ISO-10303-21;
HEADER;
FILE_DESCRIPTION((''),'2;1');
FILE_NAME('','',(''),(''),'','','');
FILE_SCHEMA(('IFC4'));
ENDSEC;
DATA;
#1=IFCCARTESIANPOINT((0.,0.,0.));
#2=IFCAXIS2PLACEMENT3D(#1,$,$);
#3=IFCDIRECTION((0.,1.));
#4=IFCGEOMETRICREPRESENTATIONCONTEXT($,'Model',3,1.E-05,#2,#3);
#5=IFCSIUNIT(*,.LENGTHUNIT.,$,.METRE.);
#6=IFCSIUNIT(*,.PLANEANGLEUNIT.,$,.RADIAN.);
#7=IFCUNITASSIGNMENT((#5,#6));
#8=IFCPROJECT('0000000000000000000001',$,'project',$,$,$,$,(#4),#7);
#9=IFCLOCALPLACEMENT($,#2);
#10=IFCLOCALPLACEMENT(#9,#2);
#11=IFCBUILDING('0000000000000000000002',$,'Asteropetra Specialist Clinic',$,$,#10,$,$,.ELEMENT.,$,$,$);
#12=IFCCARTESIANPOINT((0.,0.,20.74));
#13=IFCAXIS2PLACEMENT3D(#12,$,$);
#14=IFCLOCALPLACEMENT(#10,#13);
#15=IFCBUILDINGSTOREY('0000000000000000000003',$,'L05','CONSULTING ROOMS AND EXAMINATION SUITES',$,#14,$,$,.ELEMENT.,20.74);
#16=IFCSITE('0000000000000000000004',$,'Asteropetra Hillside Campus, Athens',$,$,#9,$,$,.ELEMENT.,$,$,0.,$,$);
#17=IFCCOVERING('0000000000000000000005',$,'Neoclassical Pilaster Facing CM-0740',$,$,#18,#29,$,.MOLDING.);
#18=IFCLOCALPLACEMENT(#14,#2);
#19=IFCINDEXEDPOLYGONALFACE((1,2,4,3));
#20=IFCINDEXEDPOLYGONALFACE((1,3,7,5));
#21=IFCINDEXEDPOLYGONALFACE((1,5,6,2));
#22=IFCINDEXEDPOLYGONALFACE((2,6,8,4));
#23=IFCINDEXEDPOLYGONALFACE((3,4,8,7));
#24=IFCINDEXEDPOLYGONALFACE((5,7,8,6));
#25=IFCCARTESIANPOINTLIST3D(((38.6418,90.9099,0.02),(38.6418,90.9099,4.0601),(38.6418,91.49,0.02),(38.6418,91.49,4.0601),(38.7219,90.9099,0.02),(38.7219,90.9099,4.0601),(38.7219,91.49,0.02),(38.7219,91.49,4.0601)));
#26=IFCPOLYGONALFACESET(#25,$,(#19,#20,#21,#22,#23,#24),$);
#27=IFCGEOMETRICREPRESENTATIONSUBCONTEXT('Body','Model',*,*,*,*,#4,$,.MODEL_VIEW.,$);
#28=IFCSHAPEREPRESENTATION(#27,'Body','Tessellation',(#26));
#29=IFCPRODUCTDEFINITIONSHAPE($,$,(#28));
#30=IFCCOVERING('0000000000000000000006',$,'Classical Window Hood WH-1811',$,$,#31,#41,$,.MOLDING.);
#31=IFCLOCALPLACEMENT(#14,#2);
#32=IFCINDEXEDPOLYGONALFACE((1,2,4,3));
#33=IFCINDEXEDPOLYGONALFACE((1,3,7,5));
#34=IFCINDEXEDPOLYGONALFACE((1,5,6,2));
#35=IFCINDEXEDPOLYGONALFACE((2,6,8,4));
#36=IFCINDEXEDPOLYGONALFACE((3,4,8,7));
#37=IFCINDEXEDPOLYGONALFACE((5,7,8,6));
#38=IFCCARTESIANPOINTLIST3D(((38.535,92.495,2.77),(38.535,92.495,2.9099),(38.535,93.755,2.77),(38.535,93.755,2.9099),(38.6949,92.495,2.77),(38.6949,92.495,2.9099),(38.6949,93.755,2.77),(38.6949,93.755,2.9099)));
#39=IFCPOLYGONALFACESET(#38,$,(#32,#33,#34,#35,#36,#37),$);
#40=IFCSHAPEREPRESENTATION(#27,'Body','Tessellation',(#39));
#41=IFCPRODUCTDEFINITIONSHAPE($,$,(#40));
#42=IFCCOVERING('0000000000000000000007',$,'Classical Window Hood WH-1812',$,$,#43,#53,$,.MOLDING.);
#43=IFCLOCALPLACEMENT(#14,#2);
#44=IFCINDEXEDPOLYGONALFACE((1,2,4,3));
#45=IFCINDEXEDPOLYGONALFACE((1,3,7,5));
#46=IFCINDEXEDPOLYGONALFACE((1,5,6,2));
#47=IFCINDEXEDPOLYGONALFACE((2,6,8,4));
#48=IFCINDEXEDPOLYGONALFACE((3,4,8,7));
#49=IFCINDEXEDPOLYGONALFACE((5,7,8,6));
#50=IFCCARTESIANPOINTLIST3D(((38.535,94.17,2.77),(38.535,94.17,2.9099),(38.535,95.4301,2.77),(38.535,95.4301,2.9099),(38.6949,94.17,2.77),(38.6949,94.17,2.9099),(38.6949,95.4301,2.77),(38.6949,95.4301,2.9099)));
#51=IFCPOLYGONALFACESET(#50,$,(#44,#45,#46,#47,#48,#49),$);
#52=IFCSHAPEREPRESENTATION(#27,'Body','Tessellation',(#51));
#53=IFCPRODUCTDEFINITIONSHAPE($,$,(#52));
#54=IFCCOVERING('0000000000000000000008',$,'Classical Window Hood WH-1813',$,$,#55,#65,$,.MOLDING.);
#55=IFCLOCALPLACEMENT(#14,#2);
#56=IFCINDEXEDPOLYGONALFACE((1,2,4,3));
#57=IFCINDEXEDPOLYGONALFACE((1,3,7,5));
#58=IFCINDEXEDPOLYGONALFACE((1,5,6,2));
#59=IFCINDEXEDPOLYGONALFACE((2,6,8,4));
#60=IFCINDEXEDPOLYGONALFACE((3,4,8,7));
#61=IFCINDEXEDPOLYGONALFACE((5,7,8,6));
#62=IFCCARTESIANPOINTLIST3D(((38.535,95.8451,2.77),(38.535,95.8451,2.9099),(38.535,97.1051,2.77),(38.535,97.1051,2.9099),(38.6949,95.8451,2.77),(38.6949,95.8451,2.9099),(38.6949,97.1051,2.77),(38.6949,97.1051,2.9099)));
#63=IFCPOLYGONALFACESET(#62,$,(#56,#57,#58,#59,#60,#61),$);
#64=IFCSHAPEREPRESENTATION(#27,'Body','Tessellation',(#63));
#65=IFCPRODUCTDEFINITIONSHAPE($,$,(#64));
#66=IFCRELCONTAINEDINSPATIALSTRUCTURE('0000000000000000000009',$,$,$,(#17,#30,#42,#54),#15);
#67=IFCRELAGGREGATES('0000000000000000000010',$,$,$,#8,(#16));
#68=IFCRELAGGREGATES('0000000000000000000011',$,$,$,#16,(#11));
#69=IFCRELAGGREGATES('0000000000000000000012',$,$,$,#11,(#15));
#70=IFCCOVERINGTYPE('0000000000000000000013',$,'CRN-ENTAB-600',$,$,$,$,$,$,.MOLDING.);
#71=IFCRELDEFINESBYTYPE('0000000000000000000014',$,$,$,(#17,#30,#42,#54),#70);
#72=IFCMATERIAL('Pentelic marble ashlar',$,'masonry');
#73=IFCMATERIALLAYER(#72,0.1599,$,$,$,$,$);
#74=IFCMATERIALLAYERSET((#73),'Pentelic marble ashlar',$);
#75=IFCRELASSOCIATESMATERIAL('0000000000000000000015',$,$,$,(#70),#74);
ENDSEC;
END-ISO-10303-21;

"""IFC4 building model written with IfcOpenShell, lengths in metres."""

from ifc_helpers import new_model, si_unit, direction, frame, origin, origin_2d, place, context, subcontext, project, spatial, rectangle, extrude, material, layer, layer_set, type_object, element, save


model = new_model("IFC4")

# Units and contexts
model_context = context("Model", 3, precision=1e-05, world=origin(), true_north=direction((0.0, 1.0)))
body_context = subcontext(model_context, "Body", "Model", "MODEL_VIEW")
ifc_project = project(units=[si_unit("LENGTHUNIT", "METRE"), si_unit("PLANEANGLEUNIT", "RADIAN")], contexts=[model_context])

# Site, building, storey
site_placement = place(None, origin())
site = spatial("IfcSite", under=ifc_project, at=site_placement, Name="Asteropetra Hillside Campus, Athens", CompositionType="ELEMENT", RefElevation=0.0)
building_placement = place(site_placement, origin())
building = spatial("IfcBuilding", under=site, at=building_placement, Name="Asteropetra Specialist Clinic", CompositionType="ELEMENT")
storey_placement = place(building_placement, frame((0.0, 0.0, 20.74)))
storey = spatial("IfcBuildingStorey", under=building, at=storey_placement, Name="L05", Description="CONSULTING ROOMS AND EXAMINATION SUITES", CompositionType="ELEMENT", Elevation=20.74)

# Coverings
ifc_material_1 = material(Name="Pentelic marble ashlar", Category="masonry")
ifc_layer_1 = layer(ifc_material_1, 0.1599)
ifc_layer_set_1 = layer_set([ifc_layer_1], Name="Pentelic marble ashlar")
covering_type_1 = type_object("IfcCoveringType", Name="CRN-ENTAB-600", PredefinedType="MOLDING", material=ifc_layer_set_1)
covering_1_placement = place(storey_placement, frame((38.6819, 91.2, 0.02), z_axis=(0.0, 0.0, 1.0), x_axis=(1.0, 0.0, 0.0)))
element("IfcCovering", 1, at=covering_1_placement, inside=storey, type_object=covering_type_1, Name="Neoclassical Pilaster Facing CM-0740", PredefinedType="MOLDING", context=body_context, shape_type="SweptSolid", body=[
    extrude(rectangle(XDim=0.0801, YDim=0.5801, at=origin_2d()), origin(), (0.0, 0.0, 1.0), 4.04),
])
for number, where, z_axis, x_axis, name in (
    (2, (38.615, 93.125, 2.77), (0.0, 0.0, 1.0), (1.0, 0.0, 0.0), "Classical Window Hood WH-1811"),
    (3, (38.615, 94.8, 2.77), (0.0, 0.0, 1.0), (1.0, 0.0, 0.0), "Classical Window Hood WH-1812"),
    (4, (38.615, 96.4751, 2.77), (0.0, 0.0, 1.0), (1.0, 0.0, 0.0), "Classical Window Hood WH-1813"),
):
    element("IfcCovering", number, at=place(storey_placement, frame(where, z_axis=z_axis, x_axis=x_axis)), inside=storey, type_object=covering_type_1, Name=name, PredefinedType="MOLDING", context=body_context, shape_type="SweptSolid", body=[
        extrude(rectangle(XDim=0.1599, YDim=1.26, at=origin_2d()), origin(), (0.0, 0.0, 1.0), 0.1399),
    ])

save(model, "model.ifc")
